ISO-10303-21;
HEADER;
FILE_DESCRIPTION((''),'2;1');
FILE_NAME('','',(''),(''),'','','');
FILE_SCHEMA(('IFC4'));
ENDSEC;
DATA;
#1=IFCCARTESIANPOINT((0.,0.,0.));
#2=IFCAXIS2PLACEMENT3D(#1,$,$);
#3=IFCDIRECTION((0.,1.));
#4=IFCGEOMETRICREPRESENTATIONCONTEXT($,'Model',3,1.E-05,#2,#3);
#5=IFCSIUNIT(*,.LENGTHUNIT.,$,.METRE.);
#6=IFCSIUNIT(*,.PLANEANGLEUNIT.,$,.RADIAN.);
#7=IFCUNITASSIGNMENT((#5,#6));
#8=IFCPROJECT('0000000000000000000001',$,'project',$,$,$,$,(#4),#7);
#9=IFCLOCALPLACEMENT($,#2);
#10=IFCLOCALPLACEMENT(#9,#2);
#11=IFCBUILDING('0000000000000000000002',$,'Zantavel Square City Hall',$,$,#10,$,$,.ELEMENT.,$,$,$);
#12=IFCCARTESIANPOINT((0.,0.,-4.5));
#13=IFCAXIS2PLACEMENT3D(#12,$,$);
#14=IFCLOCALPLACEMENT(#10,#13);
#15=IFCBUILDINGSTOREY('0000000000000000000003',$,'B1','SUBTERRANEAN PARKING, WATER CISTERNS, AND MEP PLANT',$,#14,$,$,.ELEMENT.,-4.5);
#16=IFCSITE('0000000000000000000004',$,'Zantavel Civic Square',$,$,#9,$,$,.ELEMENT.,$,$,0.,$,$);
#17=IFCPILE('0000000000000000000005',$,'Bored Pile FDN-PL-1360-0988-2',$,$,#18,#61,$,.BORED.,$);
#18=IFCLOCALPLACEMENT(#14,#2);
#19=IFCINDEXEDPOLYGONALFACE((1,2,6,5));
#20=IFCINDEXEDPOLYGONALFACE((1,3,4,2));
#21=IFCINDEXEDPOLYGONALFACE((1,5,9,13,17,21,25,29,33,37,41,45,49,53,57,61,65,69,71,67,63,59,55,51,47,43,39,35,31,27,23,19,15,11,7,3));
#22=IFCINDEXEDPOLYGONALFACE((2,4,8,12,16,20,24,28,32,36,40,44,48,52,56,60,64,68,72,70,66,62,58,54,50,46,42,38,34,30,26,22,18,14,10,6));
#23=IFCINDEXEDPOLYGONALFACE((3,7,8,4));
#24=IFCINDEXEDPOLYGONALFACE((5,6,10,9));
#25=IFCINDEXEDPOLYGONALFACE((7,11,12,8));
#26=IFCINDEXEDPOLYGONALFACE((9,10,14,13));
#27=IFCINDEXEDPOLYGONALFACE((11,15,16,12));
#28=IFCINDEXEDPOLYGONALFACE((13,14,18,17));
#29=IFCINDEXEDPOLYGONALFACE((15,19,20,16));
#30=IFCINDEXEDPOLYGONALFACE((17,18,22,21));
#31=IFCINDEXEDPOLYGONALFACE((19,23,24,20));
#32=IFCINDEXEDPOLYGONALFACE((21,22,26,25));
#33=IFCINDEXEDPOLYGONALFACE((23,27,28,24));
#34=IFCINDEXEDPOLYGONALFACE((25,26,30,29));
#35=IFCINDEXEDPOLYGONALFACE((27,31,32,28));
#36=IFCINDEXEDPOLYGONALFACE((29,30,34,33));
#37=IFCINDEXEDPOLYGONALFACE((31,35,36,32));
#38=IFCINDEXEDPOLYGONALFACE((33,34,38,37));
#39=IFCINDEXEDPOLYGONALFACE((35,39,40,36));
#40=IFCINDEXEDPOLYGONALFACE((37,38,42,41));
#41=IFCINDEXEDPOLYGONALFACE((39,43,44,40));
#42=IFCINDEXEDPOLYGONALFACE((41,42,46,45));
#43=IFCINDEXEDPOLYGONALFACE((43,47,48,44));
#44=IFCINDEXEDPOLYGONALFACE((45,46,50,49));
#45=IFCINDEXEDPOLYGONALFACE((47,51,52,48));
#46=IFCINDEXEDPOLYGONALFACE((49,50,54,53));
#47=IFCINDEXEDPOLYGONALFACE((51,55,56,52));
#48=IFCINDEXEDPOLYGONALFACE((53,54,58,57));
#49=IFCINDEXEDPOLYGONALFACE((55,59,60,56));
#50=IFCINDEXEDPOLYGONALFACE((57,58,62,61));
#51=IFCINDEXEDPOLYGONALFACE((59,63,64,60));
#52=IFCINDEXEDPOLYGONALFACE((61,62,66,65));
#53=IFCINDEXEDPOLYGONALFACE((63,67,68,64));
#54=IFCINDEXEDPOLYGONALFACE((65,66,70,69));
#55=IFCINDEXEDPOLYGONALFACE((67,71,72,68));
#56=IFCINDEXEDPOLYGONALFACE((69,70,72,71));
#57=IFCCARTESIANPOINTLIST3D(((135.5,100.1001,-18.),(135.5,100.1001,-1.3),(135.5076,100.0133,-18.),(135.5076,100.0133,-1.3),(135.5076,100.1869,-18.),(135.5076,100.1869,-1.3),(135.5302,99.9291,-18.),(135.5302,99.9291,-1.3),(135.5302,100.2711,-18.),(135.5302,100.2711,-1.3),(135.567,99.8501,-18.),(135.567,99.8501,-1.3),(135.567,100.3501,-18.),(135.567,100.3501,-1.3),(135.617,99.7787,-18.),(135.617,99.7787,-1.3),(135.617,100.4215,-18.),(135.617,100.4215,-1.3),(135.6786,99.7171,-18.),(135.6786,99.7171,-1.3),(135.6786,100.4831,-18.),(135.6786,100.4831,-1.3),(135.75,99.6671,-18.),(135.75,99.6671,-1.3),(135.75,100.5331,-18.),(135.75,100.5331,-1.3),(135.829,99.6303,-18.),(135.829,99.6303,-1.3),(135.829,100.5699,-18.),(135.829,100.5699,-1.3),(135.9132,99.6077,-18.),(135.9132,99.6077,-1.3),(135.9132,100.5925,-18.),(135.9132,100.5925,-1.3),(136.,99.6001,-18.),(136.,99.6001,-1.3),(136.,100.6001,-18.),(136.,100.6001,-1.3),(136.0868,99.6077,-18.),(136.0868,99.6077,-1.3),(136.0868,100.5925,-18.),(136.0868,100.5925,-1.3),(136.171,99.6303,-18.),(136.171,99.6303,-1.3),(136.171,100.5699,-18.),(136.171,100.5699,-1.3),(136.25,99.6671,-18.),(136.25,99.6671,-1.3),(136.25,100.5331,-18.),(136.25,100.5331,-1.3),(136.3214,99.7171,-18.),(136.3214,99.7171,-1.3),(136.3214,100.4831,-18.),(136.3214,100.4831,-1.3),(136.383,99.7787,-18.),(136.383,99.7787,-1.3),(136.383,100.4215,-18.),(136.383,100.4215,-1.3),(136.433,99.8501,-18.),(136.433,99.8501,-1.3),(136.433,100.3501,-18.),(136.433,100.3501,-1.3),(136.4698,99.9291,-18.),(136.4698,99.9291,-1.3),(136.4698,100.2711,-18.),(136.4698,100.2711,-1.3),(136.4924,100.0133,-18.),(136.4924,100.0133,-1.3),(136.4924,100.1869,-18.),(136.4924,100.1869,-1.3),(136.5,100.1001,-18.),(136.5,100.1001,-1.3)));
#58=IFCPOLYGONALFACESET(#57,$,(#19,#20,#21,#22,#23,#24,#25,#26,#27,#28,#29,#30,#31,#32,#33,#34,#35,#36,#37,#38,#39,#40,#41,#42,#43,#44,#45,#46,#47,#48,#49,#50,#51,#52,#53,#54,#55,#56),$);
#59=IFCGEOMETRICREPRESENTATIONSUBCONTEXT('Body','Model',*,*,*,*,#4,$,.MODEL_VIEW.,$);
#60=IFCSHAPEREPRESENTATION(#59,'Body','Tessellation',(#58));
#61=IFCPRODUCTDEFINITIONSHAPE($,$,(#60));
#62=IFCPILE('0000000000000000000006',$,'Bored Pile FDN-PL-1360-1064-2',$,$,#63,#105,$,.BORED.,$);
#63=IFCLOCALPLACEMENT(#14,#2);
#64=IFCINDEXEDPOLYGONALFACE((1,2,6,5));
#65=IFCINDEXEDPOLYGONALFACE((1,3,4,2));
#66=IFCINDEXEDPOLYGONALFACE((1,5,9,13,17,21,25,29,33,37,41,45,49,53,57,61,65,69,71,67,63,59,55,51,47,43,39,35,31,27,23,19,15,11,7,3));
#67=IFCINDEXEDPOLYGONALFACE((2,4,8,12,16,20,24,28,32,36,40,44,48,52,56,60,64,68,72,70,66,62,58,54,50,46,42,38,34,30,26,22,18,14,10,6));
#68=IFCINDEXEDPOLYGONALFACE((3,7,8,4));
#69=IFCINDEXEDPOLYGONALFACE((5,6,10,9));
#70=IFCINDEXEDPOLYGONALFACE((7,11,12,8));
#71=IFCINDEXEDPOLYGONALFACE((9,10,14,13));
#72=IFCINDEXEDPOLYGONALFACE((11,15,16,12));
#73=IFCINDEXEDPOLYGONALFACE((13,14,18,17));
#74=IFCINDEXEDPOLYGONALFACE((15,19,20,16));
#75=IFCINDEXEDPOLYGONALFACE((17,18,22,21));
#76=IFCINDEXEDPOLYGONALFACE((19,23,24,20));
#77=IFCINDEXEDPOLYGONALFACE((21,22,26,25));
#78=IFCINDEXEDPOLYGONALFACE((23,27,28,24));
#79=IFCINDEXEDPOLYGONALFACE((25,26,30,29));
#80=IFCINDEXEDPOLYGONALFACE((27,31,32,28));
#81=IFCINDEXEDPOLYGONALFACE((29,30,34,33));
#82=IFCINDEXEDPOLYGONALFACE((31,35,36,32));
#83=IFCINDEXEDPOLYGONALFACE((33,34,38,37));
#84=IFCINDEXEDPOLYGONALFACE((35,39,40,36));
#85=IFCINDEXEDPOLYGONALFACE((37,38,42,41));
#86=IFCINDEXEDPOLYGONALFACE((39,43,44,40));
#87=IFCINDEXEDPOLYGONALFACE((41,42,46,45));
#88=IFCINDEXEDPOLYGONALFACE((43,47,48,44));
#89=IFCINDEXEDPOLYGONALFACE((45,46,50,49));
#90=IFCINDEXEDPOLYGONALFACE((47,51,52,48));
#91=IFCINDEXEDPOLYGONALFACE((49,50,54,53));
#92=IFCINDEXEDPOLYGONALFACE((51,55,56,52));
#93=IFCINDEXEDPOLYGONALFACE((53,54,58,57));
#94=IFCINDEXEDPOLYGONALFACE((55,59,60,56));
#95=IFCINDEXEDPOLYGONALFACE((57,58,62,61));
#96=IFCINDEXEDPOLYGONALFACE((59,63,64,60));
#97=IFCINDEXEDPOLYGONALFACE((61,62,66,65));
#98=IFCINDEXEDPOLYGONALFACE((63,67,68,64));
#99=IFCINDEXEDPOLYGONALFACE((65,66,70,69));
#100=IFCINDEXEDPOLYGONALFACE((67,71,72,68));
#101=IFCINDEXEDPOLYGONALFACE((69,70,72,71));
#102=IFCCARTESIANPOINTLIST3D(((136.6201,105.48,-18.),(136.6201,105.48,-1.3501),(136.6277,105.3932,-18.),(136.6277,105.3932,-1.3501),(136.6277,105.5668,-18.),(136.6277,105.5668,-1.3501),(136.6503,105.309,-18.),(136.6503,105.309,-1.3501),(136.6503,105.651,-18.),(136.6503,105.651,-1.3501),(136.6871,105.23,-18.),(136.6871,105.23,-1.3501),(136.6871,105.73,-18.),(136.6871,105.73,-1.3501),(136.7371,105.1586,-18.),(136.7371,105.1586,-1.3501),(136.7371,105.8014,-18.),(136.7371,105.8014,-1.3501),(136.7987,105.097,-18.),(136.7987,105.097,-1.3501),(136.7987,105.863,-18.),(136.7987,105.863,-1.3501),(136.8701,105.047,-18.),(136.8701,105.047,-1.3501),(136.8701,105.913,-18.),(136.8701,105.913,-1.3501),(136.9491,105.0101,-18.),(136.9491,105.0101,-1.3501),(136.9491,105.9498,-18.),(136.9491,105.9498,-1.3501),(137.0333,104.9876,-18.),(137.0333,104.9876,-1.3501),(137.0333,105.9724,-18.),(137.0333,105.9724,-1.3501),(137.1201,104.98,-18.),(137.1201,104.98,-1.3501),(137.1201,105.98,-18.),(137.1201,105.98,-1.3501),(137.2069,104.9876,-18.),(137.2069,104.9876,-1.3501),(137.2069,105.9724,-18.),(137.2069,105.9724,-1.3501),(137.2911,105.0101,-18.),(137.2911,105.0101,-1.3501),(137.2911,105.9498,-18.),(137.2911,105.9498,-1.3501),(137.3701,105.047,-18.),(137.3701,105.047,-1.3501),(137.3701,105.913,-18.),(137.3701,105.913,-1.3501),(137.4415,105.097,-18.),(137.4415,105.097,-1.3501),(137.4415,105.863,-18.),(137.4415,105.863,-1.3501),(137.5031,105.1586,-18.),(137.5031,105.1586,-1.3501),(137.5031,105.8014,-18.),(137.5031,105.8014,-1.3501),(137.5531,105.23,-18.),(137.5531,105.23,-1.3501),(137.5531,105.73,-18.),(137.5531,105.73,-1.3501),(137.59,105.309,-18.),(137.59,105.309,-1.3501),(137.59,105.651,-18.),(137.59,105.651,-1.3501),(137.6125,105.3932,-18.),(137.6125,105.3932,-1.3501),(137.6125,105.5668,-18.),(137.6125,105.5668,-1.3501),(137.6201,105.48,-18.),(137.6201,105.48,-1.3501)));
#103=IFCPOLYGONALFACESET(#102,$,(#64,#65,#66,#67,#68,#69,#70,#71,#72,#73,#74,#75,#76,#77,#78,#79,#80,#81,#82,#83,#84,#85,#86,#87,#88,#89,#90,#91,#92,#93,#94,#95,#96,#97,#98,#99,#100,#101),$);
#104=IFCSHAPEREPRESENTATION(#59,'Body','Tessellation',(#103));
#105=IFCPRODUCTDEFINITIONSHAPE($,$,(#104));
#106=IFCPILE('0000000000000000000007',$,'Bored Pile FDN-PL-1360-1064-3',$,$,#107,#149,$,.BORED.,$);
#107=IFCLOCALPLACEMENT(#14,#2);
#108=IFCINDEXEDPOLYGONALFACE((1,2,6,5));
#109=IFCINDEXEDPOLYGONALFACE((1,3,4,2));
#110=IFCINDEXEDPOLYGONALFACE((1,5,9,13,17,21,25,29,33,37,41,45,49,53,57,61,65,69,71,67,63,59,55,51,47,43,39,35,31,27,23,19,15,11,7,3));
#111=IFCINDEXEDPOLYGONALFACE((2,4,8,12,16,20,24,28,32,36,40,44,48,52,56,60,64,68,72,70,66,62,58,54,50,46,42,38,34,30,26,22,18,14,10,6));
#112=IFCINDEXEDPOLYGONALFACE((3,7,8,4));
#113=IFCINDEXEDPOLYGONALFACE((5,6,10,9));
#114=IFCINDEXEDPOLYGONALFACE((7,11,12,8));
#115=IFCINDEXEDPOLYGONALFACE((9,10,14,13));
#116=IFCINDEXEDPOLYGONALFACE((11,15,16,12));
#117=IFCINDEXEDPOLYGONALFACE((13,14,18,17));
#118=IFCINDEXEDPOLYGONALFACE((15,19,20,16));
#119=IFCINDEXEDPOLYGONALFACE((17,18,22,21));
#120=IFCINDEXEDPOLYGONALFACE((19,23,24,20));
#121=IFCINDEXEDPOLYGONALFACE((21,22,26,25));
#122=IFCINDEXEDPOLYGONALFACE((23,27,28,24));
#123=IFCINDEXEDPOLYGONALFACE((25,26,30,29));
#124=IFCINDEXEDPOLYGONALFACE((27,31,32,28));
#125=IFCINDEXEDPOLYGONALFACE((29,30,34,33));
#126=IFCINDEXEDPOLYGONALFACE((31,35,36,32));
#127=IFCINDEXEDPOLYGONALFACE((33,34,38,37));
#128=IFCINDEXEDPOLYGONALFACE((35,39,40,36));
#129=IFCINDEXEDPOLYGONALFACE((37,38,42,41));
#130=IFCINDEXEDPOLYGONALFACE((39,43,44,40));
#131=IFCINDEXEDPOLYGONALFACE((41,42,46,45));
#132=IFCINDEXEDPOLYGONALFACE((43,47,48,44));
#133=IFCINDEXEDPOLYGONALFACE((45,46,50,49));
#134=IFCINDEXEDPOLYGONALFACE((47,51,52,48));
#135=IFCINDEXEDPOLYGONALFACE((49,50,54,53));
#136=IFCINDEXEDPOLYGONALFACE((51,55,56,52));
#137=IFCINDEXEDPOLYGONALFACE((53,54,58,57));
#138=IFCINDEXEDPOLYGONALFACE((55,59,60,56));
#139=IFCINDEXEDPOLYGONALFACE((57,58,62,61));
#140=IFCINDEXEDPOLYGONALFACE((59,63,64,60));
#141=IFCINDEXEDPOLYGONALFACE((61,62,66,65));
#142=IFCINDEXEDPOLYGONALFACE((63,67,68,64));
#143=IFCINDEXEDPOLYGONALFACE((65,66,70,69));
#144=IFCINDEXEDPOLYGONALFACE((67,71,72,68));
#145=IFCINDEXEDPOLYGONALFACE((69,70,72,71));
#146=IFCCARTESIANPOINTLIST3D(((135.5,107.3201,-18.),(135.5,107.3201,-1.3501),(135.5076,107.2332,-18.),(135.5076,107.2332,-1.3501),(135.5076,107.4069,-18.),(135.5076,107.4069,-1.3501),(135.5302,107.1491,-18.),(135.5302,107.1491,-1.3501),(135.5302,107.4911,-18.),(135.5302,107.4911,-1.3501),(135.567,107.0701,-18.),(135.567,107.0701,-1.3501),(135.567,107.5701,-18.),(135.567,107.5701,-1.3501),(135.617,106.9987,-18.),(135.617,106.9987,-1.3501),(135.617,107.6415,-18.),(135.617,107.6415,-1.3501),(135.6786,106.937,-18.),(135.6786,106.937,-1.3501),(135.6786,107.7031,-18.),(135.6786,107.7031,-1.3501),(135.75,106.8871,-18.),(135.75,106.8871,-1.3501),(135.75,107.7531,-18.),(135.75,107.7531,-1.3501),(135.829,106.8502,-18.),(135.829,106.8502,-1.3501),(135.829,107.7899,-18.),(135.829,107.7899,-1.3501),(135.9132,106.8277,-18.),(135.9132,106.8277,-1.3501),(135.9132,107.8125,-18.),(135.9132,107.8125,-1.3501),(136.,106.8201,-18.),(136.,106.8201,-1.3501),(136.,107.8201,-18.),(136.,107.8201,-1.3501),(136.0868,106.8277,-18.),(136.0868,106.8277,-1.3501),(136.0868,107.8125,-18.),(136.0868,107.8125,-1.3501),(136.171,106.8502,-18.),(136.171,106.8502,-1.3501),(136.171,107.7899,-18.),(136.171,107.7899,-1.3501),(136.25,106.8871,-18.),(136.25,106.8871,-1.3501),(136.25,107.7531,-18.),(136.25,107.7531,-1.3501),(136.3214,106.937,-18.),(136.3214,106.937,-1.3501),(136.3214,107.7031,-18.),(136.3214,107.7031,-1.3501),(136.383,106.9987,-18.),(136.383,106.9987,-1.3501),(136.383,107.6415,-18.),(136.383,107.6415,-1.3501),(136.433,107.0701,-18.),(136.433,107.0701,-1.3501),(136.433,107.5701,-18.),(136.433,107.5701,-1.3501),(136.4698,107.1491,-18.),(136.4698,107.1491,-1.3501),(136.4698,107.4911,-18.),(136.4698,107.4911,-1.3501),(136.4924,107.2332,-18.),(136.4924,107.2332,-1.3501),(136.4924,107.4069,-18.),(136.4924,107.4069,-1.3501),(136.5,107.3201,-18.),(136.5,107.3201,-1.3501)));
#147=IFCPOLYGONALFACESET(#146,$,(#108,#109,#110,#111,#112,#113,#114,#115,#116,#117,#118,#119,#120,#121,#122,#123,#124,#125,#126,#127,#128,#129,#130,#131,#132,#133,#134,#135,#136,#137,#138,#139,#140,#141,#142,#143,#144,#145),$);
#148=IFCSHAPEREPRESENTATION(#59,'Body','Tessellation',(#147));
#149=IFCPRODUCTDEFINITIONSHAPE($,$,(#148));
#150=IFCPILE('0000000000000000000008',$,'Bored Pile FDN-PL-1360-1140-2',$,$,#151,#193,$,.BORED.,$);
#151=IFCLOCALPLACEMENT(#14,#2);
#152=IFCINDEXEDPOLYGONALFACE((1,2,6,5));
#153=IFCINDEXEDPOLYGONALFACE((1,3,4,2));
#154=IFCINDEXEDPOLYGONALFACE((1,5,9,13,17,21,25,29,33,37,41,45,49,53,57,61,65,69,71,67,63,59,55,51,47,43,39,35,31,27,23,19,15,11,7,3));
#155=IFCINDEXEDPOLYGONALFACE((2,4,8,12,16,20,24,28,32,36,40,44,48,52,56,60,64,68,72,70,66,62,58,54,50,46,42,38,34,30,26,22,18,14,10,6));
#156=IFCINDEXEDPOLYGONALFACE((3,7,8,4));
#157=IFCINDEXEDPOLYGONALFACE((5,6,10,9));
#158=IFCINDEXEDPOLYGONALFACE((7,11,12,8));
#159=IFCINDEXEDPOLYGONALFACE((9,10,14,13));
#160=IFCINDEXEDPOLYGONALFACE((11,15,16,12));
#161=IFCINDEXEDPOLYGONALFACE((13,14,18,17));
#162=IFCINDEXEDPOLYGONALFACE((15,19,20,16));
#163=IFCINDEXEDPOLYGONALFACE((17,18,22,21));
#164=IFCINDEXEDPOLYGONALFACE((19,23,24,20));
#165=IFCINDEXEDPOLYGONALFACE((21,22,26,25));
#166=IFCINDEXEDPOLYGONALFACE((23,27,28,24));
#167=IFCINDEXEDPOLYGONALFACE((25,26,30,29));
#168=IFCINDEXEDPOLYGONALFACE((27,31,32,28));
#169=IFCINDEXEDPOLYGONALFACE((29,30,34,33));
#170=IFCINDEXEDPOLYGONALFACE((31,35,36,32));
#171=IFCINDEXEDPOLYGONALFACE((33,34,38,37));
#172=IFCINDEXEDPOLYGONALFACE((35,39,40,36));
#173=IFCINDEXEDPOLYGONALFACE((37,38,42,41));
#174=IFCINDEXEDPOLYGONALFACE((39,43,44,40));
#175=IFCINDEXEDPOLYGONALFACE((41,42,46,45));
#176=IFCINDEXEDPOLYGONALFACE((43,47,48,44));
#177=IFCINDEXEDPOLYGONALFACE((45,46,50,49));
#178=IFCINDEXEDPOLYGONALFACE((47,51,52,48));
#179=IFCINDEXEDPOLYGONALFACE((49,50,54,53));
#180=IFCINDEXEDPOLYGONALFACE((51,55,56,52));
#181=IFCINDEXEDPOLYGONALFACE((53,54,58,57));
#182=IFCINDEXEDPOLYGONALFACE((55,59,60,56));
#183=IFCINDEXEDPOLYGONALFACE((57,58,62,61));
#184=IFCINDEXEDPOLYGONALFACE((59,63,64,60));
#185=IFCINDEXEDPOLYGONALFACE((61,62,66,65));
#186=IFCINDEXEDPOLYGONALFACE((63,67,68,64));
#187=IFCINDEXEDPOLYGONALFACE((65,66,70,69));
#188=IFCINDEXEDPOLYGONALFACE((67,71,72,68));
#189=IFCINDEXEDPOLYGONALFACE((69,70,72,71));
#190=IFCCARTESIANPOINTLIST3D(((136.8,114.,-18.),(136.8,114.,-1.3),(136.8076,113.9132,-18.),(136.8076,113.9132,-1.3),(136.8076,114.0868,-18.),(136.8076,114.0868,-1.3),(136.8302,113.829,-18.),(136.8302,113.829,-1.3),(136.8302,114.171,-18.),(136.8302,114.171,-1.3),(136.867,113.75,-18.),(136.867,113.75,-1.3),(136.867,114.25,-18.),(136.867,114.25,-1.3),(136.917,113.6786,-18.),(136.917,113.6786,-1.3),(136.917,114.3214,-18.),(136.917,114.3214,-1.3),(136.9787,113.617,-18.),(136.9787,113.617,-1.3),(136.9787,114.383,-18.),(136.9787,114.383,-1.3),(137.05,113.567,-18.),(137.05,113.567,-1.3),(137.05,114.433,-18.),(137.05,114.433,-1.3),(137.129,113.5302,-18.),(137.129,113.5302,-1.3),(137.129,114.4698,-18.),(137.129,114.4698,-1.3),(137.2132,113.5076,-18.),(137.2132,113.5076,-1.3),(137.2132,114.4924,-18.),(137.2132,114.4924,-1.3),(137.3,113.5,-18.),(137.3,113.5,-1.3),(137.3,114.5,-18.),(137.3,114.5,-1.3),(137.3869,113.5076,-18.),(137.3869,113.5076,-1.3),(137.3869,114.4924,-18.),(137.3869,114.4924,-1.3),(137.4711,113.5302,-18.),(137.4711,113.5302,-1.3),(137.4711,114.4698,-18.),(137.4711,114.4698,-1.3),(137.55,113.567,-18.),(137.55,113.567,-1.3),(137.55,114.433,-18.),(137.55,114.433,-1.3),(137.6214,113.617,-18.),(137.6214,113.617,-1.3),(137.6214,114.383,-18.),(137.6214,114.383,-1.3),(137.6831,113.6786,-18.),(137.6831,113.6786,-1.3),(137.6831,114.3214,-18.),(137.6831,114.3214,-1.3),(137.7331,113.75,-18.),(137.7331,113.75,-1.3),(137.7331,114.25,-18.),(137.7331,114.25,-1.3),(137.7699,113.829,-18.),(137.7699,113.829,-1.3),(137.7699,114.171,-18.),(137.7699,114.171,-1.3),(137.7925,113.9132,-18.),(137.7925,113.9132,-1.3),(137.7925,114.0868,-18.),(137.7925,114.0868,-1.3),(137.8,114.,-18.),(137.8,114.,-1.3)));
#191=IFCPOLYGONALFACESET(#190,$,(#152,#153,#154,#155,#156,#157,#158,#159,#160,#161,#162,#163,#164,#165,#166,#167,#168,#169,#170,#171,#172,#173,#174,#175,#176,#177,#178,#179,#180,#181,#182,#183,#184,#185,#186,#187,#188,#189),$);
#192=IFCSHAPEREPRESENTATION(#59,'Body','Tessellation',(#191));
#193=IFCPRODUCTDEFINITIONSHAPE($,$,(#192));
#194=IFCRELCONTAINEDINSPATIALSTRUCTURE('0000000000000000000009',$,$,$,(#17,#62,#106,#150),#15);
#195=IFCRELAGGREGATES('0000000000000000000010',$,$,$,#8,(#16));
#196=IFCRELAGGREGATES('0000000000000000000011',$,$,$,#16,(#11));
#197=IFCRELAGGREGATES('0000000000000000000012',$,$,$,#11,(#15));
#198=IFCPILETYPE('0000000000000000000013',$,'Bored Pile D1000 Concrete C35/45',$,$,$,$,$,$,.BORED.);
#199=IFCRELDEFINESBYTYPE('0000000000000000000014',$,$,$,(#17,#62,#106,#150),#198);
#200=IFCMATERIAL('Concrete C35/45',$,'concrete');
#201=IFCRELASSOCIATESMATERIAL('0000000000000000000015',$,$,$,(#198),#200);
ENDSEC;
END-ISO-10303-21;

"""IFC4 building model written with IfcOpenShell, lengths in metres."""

from ifc_helpers import new_model, si_unit, direction, frame, origin, origin_2d, place, context, subcontext, project, spatial, circle, extrude, material, material_profile, profile_set, type_object, element, save


model = new_model("IFC4")

# Units and contexts
model_context = context("Model", 3, precision=1e-05, world=origin(), true_north=direction((0.0, 1.0)))
body_context = subcontext(model_context, "Body", "Model", "MODEL_VIEW")
ifc_project = project(units=[si_unit("LENGTHUNIT", "METRE"), si_unit("PLANEANGLEUNIT", "RADIAN")], contexts=[model_context])

# Site, building, storey
site_placement = place(None, origin())
site = spatial("IfcSite", under=ifc_project, at=site_placement, Name="Zantavel Civic Square", CompositionType="ELEMENT", RefElevation=0.0)
building_placement = place(site_placement, origin())
building = spatial("IfcBuilding", under=site, at=building_placement, Name="Zantavel Square City Hall", CompositionType="ELEMENT")
storey_placement = place(building_placement, frame((0.0, 0.0, -4.5)))
storey = spatial("IfcBuildingStorey", under=building, at=storey_placement, Name="B1", Description="SUBTERRANEAN PARKING, WATER CISTERNS, AND MEP PLANT", CompositionType="ELEMENT", Elevation=-4.5)

# Piles
ifc_material_1 = material(Name="Concrete C35/45", Category="concrete")
ifc_material_profile_1 = material_profile(ifc_material_1, circle(Radius=0.5, at=origin_2d()), Name="PILE D1000")
ifc_profile_set_1 = profile_set([ifc_material_profile_1], Name="Concrete C35/45")
pile_type_1 = type_object("IfcPileType", Name="Bored Pile D1000 Concrete C35/45", PredefinedType="BORED", material=ifc_profile_set_1)
pile_1_placement = place(storey_placement, frame((136.0, 100.1001, -1.3), z_axis=(0.0, 0.0, -1.0), x_axis=(1.0, 0.0, 0.0)))
element("IfcPile", 1, at=pile_1_placement, inside=storey, type_object=pile_type_1, Name="Bored Pile FDN-PL-1360-0988-2", PredefinedType="BORED", context=body_context, shape_type="SweptSolid", body=[
    extrude(circle(Radius=0.5, at=origin_2d()), origin(), (0.0, 0.0, 1.0), 16.7),
])
for number, where, z_axis, x_axis, name in (
    (2, (137.1201, 105.48, -1.3501), (0.0, 0.0, -1.0), (1.0, 0.0, 0.0), "Bored Pile FDN-PL-1360-1064-2"),
    (3, (136.0, 107.3201, -1.3501), (0.0, 0.0, -1.0), (1.0, 0.0, 0.0), "Bored Pile FDN-PL-1360-1064-3"),
):
    element("IfcPile", number, at=place(storey_placement, frame(where, z_axis=z_axis, x_axis=x_axis)), inside=storey, type_object=pile_type_1, Name=name, PredefinedType="BORED", context=body_context, shape_type="SweptSolid", body=[
        extrude(circle(Radius=0.5, at=origin_2d()), origin(), (0.0, 0.0, 1.0), 16.6499),
    ])
pile_2_placement = place(storey_placement, frame((137.3, 114.0, -1.3), z_axis=(0.0, 0.0, -1.0), x_axis=(1.0, 0.0, 0.0)))
element("IfcPile", 4, at=pile_2_placement, inside=storey, type_object=pile_type_1, Name="Bored Pile FDN-PL-1360-1140-2", PredefinedType="BORED", context=body_context, shape_type="SweptSolid", body=[
    extrude(circle(Radius=0.5, at=origin_2d()), origin(), (0.0, 0.0, 1.0), 16.7),
])

save(model, "model.ifc")
